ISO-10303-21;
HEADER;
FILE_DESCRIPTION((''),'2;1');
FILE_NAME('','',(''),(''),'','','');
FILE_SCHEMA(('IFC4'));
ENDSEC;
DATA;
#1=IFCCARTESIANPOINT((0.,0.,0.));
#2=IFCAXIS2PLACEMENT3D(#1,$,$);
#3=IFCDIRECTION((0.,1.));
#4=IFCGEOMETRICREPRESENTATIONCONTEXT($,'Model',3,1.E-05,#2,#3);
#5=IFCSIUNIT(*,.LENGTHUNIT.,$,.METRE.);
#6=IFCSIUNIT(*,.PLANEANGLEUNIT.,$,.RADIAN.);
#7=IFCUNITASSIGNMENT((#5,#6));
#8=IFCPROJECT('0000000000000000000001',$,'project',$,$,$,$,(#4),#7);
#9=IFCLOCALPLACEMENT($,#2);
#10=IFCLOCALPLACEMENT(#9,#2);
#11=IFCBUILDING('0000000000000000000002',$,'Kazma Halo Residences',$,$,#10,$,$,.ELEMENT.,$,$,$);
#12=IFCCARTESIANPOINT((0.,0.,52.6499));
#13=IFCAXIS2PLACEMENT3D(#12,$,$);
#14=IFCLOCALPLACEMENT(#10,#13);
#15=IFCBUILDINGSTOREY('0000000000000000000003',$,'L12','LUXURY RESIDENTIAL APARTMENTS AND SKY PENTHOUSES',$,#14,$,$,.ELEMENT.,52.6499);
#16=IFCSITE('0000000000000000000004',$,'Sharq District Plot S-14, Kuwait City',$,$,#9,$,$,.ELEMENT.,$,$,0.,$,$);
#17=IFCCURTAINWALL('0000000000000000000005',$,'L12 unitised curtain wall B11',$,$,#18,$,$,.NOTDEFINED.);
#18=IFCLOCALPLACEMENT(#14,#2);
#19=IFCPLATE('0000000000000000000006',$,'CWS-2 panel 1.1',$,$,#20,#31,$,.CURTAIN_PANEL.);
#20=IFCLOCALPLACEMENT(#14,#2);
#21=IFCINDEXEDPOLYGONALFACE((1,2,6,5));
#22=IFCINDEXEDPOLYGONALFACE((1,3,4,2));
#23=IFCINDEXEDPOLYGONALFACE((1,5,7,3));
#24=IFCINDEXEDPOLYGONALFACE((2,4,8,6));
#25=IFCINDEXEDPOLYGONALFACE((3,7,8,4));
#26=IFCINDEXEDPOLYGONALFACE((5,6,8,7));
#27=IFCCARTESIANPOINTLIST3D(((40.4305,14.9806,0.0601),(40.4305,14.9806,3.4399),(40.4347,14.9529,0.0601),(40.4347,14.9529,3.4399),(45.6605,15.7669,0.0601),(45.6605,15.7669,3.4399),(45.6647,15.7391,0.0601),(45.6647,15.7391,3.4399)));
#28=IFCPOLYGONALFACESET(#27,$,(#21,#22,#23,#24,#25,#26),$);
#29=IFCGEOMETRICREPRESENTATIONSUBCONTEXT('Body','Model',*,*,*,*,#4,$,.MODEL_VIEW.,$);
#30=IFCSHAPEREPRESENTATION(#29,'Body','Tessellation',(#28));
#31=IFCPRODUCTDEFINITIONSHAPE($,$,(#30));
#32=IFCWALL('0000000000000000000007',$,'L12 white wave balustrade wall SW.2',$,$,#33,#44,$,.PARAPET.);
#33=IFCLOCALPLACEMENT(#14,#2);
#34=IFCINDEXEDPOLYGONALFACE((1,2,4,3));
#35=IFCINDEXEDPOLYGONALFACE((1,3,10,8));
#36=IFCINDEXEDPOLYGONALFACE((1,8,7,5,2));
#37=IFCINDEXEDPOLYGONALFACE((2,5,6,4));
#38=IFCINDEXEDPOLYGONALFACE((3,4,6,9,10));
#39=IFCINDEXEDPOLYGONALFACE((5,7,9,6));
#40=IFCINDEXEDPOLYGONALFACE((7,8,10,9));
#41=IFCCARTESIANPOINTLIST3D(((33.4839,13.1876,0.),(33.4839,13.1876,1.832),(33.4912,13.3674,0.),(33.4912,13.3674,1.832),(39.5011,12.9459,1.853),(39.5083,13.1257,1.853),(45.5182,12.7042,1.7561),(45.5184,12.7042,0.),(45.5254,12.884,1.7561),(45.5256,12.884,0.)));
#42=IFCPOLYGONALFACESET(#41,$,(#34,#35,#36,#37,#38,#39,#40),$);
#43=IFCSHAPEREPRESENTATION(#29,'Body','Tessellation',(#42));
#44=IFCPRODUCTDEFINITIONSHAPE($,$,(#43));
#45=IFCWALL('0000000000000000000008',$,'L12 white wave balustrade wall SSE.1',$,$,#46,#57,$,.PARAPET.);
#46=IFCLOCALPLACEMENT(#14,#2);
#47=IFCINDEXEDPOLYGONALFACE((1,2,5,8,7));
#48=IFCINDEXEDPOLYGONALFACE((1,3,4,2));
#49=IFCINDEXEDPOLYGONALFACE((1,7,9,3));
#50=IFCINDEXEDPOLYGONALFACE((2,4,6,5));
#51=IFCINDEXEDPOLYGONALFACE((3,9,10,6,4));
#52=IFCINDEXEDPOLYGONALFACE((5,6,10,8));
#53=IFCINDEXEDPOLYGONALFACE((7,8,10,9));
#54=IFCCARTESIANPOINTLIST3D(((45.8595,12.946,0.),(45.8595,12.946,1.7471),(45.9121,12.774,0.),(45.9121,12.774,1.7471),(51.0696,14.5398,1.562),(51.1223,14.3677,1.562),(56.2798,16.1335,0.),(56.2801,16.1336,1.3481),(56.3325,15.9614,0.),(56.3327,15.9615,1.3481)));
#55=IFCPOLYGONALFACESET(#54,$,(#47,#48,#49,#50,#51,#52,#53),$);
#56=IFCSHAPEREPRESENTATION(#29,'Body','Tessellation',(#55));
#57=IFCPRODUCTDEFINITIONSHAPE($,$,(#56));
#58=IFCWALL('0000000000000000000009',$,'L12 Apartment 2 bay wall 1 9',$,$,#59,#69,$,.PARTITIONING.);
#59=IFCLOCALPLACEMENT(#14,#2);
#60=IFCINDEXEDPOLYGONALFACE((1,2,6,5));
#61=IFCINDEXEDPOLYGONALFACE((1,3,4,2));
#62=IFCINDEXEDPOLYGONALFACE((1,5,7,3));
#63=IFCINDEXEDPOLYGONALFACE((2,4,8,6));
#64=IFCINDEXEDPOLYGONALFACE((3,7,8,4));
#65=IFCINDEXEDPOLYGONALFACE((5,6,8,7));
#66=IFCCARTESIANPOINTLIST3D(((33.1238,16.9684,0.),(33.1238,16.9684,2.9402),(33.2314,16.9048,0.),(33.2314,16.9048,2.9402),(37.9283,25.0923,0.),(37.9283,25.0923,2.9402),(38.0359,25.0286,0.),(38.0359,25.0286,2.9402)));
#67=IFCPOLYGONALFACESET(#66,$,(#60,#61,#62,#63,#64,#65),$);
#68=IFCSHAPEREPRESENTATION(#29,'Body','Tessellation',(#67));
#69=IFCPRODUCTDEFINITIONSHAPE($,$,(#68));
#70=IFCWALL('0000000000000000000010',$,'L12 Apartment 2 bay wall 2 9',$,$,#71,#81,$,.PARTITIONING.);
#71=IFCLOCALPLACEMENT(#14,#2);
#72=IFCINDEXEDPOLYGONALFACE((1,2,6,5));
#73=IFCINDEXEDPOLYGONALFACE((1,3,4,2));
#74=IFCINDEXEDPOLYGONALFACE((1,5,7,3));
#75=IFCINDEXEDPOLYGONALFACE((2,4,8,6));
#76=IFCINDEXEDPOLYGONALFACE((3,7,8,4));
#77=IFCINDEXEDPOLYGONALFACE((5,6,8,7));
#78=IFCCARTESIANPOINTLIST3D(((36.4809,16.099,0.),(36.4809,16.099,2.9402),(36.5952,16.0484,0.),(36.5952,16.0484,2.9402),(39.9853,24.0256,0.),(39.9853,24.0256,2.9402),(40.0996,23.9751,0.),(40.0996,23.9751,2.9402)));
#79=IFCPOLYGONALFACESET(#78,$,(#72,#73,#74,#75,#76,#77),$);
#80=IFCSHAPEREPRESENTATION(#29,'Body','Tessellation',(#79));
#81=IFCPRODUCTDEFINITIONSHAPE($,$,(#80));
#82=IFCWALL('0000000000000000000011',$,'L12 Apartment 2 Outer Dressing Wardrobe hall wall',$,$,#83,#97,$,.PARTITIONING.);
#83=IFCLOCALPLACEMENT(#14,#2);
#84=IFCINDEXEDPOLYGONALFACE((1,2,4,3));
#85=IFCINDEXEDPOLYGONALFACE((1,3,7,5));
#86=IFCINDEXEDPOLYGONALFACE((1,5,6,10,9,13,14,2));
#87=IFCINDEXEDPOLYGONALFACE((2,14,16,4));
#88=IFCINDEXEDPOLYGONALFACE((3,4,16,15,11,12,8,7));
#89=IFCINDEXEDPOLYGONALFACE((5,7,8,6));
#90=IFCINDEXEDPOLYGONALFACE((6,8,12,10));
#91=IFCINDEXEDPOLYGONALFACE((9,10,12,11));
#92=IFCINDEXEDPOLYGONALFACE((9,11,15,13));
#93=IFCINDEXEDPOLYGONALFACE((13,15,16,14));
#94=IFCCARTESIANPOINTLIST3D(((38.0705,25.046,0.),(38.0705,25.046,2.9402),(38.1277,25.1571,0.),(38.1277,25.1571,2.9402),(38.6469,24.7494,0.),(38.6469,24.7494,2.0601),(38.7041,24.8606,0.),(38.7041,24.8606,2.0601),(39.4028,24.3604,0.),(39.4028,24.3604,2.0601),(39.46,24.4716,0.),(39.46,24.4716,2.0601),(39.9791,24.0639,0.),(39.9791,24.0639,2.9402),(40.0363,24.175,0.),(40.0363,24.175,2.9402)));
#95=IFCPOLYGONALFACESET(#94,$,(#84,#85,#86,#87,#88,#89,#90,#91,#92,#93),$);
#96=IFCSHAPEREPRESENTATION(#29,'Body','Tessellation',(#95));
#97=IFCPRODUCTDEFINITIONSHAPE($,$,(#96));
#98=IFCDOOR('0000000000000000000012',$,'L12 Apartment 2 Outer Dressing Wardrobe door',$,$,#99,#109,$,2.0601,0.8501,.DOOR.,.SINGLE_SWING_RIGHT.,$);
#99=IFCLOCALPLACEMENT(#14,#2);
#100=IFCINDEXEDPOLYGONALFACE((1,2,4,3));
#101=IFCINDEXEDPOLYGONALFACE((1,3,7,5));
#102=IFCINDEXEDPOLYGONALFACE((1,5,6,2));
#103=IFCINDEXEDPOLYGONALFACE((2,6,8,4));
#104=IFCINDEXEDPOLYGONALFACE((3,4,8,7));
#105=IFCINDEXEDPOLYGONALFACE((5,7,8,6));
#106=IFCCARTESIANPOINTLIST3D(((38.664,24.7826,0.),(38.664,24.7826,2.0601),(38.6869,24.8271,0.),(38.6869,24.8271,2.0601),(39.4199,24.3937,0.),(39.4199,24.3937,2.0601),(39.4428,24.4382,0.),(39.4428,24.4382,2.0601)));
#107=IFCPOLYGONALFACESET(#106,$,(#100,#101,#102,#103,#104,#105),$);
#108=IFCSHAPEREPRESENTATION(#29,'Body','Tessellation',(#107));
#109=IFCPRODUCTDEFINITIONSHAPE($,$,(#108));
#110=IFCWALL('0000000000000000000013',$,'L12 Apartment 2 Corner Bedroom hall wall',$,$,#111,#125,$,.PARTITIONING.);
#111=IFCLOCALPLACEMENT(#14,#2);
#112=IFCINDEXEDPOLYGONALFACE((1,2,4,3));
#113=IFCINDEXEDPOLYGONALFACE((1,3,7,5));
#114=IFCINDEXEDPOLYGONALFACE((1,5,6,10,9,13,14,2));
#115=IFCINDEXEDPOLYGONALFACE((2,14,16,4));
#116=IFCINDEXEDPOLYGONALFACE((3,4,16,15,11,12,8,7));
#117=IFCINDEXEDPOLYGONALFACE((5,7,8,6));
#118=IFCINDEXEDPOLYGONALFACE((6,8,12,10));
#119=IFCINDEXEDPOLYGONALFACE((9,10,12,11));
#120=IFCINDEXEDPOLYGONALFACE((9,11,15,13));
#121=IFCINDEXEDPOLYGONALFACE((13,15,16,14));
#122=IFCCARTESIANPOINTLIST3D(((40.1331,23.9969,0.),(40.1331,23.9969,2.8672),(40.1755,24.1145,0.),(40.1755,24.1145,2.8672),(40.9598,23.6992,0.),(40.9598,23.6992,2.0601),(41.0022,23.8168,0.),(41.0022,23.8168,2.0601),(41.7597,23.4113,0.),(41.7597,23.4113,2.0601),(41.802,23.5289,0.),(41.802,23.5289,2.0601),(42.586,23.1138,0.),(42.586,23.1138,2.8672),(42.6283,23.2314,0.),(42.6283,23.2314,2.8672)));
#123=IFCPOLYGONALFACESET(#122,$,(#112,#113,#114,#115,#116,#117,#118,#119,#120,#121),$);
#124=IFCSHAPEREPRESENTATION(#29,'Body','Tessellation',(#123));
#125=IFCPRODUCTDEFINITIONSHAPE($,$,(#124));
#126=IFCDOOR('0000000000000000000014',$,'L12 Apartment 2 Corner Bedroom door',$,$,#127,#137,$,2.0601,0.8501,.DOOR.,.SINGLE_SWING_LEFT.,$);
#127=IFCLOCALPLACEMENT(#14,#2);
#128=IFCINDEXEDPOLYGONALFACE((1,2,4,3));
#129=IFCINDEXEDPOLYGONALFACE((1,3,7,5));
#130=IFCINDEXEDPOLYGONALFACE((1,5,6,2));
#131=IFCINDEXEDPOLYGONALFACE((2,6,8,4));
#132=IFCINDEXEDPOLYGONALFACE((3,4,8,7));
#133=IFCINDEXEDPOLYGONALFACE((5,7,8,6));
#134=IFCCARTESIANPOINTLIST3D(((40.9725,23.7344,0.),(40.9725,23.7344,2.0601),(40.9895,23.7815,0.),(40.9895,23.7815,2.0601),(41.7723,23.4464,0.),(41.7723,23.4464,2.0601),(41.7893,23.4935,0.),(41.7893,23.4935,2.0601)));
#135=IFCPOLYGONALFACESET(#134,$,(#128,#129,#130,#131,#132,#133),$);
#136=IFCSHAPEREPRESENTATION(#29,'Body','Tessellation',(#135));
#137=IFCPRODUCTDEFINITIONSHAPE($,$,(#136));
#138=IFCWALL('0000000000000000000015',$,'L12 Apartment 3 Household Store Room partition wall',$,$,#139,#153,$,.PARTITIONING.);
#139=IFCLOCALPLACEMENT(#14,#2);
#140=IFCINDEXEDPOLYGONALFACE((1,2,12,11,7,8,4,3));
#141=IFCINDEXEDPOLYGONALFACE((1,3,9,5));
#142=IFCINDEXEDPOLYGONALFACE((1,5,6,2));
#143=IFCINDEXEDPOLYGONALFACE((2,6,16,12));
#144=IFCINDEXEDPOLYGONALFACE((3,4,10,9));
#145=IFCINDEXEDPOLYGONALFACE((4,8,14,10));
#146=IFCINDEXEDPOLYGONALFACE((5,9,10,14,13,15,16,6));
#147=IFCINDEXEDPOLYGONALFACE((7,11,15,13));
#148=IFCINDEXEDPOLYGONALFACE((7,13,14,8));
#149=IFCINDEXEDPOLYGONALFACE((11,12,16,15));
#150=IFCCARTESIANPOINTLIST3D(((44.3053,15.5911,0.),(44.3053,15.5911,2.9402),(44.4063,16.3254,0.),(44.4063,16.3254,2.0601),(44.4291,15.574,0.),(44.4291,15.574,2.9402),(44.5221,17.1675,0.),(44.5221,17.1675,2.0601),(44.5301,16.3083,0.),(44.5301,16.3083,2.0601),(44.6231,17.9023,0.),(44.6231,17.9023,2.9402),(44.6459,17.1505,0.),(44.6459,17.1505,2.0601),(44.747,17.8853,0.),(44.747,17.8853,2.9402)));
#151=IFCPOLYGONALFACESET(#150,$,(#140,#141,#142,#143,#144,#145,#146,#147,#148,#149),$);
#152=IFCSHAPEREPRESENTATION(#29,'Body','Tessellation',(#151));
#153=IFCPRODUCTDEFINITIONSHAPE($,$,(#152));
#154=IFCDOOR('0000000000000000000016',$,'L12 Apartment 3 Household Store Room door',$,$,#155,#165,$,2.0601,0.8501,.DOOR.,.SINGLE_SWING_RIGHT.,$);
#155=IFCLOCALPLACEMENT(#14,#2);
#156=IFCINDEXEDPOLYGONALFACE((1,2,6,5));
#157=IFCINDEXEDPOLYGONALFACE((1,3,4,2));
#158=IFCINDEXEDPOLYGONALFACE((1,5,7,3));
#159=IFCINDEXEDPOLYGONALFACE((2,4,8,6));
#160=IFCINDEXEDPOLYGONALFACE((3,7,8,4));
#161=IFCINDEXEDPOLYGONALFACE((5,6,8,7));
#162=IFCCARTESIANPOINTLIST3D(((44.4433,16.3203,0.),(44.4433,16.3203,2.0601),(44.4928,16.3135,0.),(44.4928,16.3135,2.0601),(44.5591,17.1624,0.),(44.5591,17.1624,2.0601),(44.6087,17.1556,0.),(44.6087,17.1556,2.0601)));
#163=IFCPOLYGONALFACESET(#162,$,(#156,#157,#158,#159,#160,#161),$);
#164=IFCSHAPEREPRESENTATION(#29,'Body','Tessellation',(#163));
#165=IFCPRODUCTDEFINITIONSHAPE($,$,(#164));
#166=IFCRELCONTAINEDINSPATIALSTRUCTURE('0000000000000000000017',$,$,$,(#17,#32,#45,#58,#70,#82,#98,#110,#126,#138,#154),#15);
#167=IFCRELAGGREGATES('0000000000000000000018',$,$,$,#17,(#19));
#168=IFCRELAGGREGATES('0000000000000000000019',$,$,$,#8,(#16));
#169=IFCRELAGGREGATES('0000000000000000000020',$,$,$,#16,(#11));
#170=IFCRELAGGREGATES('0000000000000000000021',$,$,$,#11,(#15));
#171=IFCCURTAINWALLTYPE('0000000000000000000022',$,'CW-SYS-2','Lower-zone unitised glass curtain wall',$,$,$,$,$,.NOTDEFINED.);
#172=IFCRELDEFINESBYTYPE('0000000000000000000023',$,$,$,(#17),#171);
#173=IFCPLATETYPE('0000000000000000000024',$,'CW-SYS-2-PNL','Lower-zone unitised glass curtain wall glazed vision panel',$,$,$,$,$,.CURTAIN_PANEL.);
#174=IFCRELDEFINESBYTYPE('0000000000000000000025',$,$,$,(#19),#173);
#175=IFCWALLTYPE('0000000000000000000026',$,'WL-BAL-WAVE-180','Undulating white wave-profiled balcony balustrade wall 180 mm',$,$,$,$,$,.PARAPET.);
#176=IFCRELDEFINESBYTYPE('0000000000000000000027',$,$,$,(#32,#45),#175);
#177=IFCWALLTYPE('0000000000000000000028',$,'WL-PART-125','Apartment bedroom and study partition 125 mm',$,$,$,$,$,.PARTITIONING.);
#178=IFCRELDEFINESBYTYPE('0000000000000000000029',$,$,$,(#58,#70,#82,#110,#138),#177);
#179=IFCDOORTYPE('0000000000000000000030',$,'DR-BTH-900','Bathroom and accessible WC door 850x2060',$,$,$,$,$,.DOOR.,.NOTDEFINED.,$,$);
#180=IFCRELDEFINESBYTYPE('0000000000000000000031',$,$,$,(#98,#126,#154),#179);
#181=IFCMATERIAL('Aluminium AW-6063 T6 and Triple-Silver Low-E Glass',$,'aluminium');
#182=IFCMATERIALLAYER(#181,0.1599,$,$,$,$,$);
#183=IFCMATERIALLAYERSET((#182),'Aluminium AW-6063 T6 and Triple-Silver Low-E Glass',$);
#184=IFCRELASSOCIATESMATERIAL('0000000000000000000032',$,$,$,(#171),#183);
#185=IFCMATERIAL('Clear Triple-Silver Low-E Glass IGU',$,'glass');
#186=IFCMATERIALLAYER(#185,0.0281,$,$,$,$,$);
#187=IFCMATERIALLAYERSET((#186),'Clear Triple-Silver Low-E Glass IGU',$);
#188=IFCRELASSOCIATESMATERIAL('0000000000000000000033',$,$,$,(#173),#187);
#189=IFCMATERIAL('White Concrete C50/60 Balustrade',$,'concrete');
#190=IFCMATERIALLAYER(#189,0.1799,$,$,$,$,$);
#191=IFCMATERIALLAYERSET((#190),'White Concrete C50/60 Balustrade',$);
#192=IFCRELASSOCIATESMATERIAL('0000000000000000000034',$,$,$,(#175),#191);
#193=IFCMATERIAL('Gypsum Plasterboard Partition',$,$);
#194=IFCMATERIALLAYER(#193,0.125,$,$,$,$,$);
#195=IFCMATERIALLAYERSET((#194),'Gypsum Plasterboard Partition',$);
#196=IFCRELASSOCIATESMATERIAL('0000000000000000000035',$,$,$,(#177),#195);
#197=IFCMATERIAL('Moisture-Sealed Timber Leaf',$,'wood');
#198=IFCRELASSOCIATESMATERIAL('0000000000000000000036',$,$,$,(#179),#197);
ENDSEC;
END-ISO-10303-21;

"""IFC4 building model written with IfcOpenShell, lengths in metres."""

from ifc_helpers import new_model, si_unit, direction, frame, frame_2d, origin, origin_2d, place, context, subcontext, project, spatial, polyline, rectangle, outline, extrude, material, layer, layer_set, type_object, element, fill, aggregate, save


model = new_model("IFC4")

# Units and contexts
model_context = context("Model", 3, precision=1e-05, world=origin(), true_north=direction((0.0, 1.0)))
body_context = subcontext(model_context, "Body", "Model", "MODEL_VIEW")
ifc_project = project(units=[si_unit("LENGTHUNIT", "METRE"), si_unit("PLANEANGLEUNIT", "RADIAN")], contexts=[model_context])

# Site, building, storey
site_placement = place(None, origin())
site = spatial("IfcSite", under=ifc_project, at=site_placement, Name="Sharq District Plot S-14, Kuwait City", CompositionType="ELEMENT", RefElevation=0.0)
building_placement = place(site_placement, origin())
building = spatial("IfcBuilding", under=site, at=building_placement, Name="Kazma Halo Residences", CompositionType="ELEMENT")
storey_placement = place(building_placement, frame((0.0, 0.0, 52.6499)))
storey = spatial("IfcBuildingStorey", under=building, at=storey_placement, Name="L12", Description="LUXURY RESIDENTIAL APARTMENTS AND SKY PENTHOUSES", CompositionType="ELEMENT", Elevation=52.6499)

# Curtain wall, plate
ifc_material_1 = material(Name="Aluminium AW-6063 T6 and Triple-Silver Low-E Glass", Category="aluminium")
ifc_layer_1 = layer(ifc_material_1, 0.1599)
ifc_layer_set_1 = layer_set([ifc_layer_1], Name="Aluminium AW-6063 T6 and Triple-Silver Low-E Glass")
curtain_wall_type = type_object("IfcCurtainWallType", Name="CW-SYS-2", Description="Lower-zone unitised glass curtain wall", PredefinedType="NOTDEFINED", material=ifc_layer_set_1)
curtain_wall_placement = place(storey_placement, origin())
curtain_wall = element("IfcCurtainWall", 1, at=curtain_wall_placement, inside=storey, type_object=curtain_wall_type, Name="L12 unitised curtain wall B11", PredefinedType="NOTDEFINED")
ifc_material_2 = material(Name="Clear Triple-Silver Low-E Glass IGU", Category="glass")
ifc_layer_2 = layer(ifc_material_2, 0.0281)
ifc_layer_set_2 = layer_set([ifc_layer_2], Name="Clear Triple-Silver Low-E Glass IGU")
plate_type = type_object("IfcPlateType", Name="CW-SYS-2-PNL", Description="Lower-zone unitised glass curtain wall glazed vision panel", PredefinedType="CURTAIN_PANEL", material=ifc_layer_set_2)
plate_placement = place(storey_placement, frame((43.0476, 15.3599, 0.0601), z_axis=(0.0, 0.0, 1.0), x_axis=(0.988889, 0.148657, 0.0)))
plate = element("IfcPlate", 2, at=plate_placement, type_object=plate_type, Name="CWS-2 panel 1.1", PredefinedType="CURTAIN_PANEL", context=body_context, shape_type="SweptSolid", body=[
    extrude(rectangle(XDim=5.2888, YDim=0.0281, at=origin_2d()), origin(), (0.0, 0.0, 1.0), 3.3799),
])
aggregate(curtain_wall, [plate])

# Walls
ifc_material_3 = material(Name="White Concrete C50/60 Balustrade", Category="concrete")
ifc_layer_3 = layer(ifc_material_3, 0.1799)
ifc_layer_set_3 = layer_set([ifc_layer_3], Name="White Concrete C50/60 Balustrade")
wall_type_1 = type_object("IfcWallType", Name="WL-BAL-WAVE-180", Description="Undulating white wave-profiled balcony balustrade wall 180 mm", PredefinedType="PARAPET", material=ifc_layer_set_3)
wall_1_placement = place(storey_placement, frame((33.4875, 13.2776, 0.0), z_axis=(0.0, 0.0, 1.0), x_axis=(0.999194, -0.040136, 0.0)))
element("IfcWall", 3, at=wall_1_placement, inside=storey, type_object=wall_type_1, Name="L12 white wave balustrade wall SW.2", PredefinedType="PARAPET", context=body_context, shape_type="SweptSolid", body=[
    extrude(outline(polyline([(0.0, 0.0), (12.0442, 0.0), (12.0439, 1.7561), (6.022, 1.853), (0.0, 1.832), (0.0, 0.0)])), frame((0.0, 0.0898, 0.0), z_axis=(0.0, -1.0, 0.0), x_axis=(1.0, 0.0, 0.0)), (0.0, 0.0, 1.0), 0.1799),
])
wall_2_placement = place(storey_placement, frame((45.8857, 12.8601, 0.0), z_axis=(0.0, 0.0, 1.0), x_axis=(0.956262, 0.292511, 0.0)))
element("IfcWall", 4, at=wall_2_placement, inside=storey, type_object=wall_type_1, Name="L12 white wave balustrade wall SSE.1", PredefinedType="PARAPET", context=body_context, shape_type="SweptSolid", body=[
    extrude(outline(polyline([(0.0, 0.0), (10.897, 0.0), (10.8972, 1.3481), (5.4485, 1.562), (0.0, 1.7471), (0.0, 0.0)])), frame((0.0, 0.0898, 0.0), z_axis=(0.0, -1.0, 0.0), x_axis=(1.0, 0.0, 0.0)), (0.0, 0.0, 1.0), 0.1799),
])
ifc_material_4 = material(Name="Gypsum Plasterboard Partition")
ifc_layer_4 = layer(ifc_material_4, 0.125)
ifc_layer_set_4 = layer_set([ifc_layer_4], Name="Gypsum Plasterboard Partition")
wall_type_2 = type_object("IfcWallType", Name="WL-PART-125", Description="Apartment bedroom and study partition 125 mm", PredefinedType="PARTITIONING", material=ifc_layer_set_4)
wall_3_placement = place(storey_placement, frame((37.9822, 25.0605, 0.0), z_axis=(0.0, 0.0, 1.0), x_axis=(-0.509046, -0.86074, 0.0)))
element("IfcWall", 5, at=wall_3_placement, inside=storey, type_object=wall_type_2, Name="L12 Apartment 2 bay wall 1 9", PredefinedType="PARTITIONING", context=body_context, shape_type="SweptSolid", body=[
    extrude(rectangle(XDim=9.4382, YDim=0.125, at=frame_2d((4.7192, 0.0))), origin(), (0.0, 0.0, 1.0), 2.9402),
])
wall_4_placement = place(storey_placement, frame((40.0425, 24.0005, 0.0), z_axis=(0.0, 0.0, 1.0), x_axis=(-0.404345, -0.914607, 0.0)))
element("IfcWall", 6, at=wall_4_placement, inside=storey, type_object=wall_type_2, Name="L12 Apartment 2 bay wall 2 9", PredefinedType="PARTITIONING", context=body_context, shape_type="SweptSolid", body=[
    extrude(rectangle(XDim=8.6667, YDim=0.125, at=frame_2d((4.3335, 0.0))), origin(), (0.0, 0.0, 1.0), 2.9402),
])

# Walls, openings, doors
wall_5_placement = place(storey_placement, frame((38.0991, 25.1016, 0.0), z_axis=(0.0, 0.0, 1.0), x_axis=(0.889181, -0.457556, 0.0)))
wall_5 = element("IfcWall", 7, at=wall_5_placement, inside=storey, type_object=wall_type_2, Name="L12 Apartment 2 Outer Dressing Wardrobe hall wall", PredefinedType="PARTITIONING", context=body_context, shape_type="SweptSolid", body=[
    extrude(rectangle(XDim=2.1465, YDim=0.125, at=frame_2d((1.0732, 0.0))), origin(), (0.0, 0.0, 1.0), 2.9402),
])
opening_1_placement = place(wall_5_placement, frame((0.6482, 0.0, 0.0)))
opening_1 = element("IfcOpeningElement", 8, at=opening_1_placement, cuts=wall_5, PredefinedType="OPENING", context=body_context, shape_type="SweptSolid", body=[
    extrude(rectangle(XDim=0.8501, YDim=2.0601, at=frame_2d((0.425, 1.03))), frame((0.0, 0.0725, 0.0), z_axis=(0.0, -1.0, 0.0), x_axis=(1.0, 0.0, 0.0)), (0.0, 0.0, 1.0), 0.145),
])
ifc_material_5 = material(Name="Moisture-Sealed Timber Leaf", Category="wood")
door_type_1 = type_object("IfcDoorType", Name="DR-BTH-900", Description="Bathroom and accessible WC door 850x2060", OperationType="NOTDEFINED", PredefinedType="DOOR", material=ifc_material_5)
door_1_placement = place(opening_1_placement, origin())
door_1 = element("IfcDoor", 9, at=door_1_placement, inside=storey, type_object=door_type_1, Name="L12 Apartment 2 Outer Dressing Wardrobe door", OperationType="SINGLE_SWING_RIGHT", OverallHeight=2.0601, OverallWidth=0.8501, PredefinedType="DOOR", context=body_context, shape_type="SweptSolid", body=[
    extrude(rectangle(XDim=0.8501, YDim=2.0601, at=frame_2d((0.425, 1.03))), frame((0.0, 0.0249, 0.0), z_axis=(0.0, -1.0, 0.0), x_axis=(1.0, 0.0, 0.0)), (0.0, 0.0, 1.0), 0.05),
])
fill(opening_1, door_1)
wall_6_placement = place(storey_placement, frame((40.1543, 24.0557, 0.0), z_axis=(0.0, 0.0, 1.0), x_axis=(0.940885, -0.338726, 0.0)))
wall_6 = element("IfcWall", 10, at=wall_6_placement, inside=storey, type_object=wall_type_2, Name="L12 Apartment 2 Corner Bedroom hall wall", PredefinedType="PARTITIONING", context=body_context, shape_type="SweptSolid", body=[
    extrude(rectangle(XDim=2.6069, YDim=0.125, at=frame_2d((1.3035, 0.0))), origin(), (0.0, 0.0, 1.0), 2.8672),
])
opening_2_placement = place(wall_6_placement, frame((0.8787, 0.0, 0.0)))
opening_2 = element("IfcOpeningElement", 11, at=opening_2_placement, cuts=wall_6, PredefinedType="OPENING", context=body_context, shape_type="SweptSolid", body=[
    extrude(rectangle(XDim=0.8501, YDim=2.0601, at=frame_2d((0.425, 1.03))), frame((0.0, 0.0725, 0.0), z_axis=(0.0, -1.0, 0.0), x_axis=(1.0, 0.0, 0.0)), (0.0, 0.0, 1.0), 0.145),
])
door_2_placement = place(opening_2_placement, origin())
door_2 = element("IfcDoor", 12, at=door_2_placement, inside=storey, type_object=door_type_1, Name="L12 Apartment 2 Corner Bedroom door", OperationType="SINGLE_SWING_LEFT", OverallHeight=2.0601, OverallWidth=0.8501, PredefinedType="DOOR", context=body_context, shape_type="SweptSolid", body=[
    extrude(rectangle(XDim=0.8501, YDim=2.0601, at=frame_2d((0.425, 1.03))), frame((0.0, 0.0249, 0.0), z_axis=(0.0, -1.0, 0.0), x_axis=(1.0, 0.0, 0.0)), (0.0, 0.0, 1.0), 0.05),
])
fill(opening_2, door_2)
wall_7_placement = place(storey_placement, frame((44.6851, 17.8938, 0.0), z_axis=(0.0, 0.0, 1.0), x_axis=(-0.136248, -0.990675, 0.0)))
wall_7 = element("IfcWall", 13, at=wall_7_placement, inside=storey, type_object=wall_type_2, Name="L12 Apartment 3 Household Store Room partition wall", PredefinedType="PARTITIONING", context=body_context, shape_type="SweptSolid", body=[
    extrude(rectangle(XDim=2.333, YDim=0.125, at=frame_2d((1.1665, 0.0))), origin(), (0.0, 0.0, 1.0), 2.9402),
])
opening_3_placement = place(wall_7_placement, frame((0.7417, 0.0, 0.0)))
opening_3 = element("IfcOpeningElement", 14, at=opening_3_placement, cuts=wall_7, PredefinedType="OPENING", context=body_context, shape_type="SweptSolid", body=[
    extrude(rectangle(XDim=0.8501, YDim=2.0601, at=frame_2d((0.425, 1.03))), frame((0.0, 0.0725, 0.0), z_axis=(0.0, -1.0, 0.0), x_axis=(1.0, 0.0, 0.0)), (0.0, 0.0, 1.0), 0.145),
])
door_3_placement = place(opening_3_placement, origin())
door_3 = element("IfcDoor", 15, at=door_3_placement, inside=storey, type_object=door_type_1, Name="L12 Apartment 3 Household Store Room door", OperationType="SINGLE_SWING_RIGHT", OverallHeight=2.0601, OverallWidth=0.8501, PredefinedType="DOOR", context=body_context, shape_type="SweptSolid", body=[
    extrude(rectangle(XDim=0.8501, YDim=2.0601, at=frame_2d((0.425, 1.03))), frame((0.0, 0.0249, 0.0), z_axis=(0.0, -1.0, 0.0), x_axis=(1.0, 0.0, 0.0)), (0.0, 0.0, 1.0), 0.05),
])
fill(opening_3, door_3)

save(model, "model.ifc")
